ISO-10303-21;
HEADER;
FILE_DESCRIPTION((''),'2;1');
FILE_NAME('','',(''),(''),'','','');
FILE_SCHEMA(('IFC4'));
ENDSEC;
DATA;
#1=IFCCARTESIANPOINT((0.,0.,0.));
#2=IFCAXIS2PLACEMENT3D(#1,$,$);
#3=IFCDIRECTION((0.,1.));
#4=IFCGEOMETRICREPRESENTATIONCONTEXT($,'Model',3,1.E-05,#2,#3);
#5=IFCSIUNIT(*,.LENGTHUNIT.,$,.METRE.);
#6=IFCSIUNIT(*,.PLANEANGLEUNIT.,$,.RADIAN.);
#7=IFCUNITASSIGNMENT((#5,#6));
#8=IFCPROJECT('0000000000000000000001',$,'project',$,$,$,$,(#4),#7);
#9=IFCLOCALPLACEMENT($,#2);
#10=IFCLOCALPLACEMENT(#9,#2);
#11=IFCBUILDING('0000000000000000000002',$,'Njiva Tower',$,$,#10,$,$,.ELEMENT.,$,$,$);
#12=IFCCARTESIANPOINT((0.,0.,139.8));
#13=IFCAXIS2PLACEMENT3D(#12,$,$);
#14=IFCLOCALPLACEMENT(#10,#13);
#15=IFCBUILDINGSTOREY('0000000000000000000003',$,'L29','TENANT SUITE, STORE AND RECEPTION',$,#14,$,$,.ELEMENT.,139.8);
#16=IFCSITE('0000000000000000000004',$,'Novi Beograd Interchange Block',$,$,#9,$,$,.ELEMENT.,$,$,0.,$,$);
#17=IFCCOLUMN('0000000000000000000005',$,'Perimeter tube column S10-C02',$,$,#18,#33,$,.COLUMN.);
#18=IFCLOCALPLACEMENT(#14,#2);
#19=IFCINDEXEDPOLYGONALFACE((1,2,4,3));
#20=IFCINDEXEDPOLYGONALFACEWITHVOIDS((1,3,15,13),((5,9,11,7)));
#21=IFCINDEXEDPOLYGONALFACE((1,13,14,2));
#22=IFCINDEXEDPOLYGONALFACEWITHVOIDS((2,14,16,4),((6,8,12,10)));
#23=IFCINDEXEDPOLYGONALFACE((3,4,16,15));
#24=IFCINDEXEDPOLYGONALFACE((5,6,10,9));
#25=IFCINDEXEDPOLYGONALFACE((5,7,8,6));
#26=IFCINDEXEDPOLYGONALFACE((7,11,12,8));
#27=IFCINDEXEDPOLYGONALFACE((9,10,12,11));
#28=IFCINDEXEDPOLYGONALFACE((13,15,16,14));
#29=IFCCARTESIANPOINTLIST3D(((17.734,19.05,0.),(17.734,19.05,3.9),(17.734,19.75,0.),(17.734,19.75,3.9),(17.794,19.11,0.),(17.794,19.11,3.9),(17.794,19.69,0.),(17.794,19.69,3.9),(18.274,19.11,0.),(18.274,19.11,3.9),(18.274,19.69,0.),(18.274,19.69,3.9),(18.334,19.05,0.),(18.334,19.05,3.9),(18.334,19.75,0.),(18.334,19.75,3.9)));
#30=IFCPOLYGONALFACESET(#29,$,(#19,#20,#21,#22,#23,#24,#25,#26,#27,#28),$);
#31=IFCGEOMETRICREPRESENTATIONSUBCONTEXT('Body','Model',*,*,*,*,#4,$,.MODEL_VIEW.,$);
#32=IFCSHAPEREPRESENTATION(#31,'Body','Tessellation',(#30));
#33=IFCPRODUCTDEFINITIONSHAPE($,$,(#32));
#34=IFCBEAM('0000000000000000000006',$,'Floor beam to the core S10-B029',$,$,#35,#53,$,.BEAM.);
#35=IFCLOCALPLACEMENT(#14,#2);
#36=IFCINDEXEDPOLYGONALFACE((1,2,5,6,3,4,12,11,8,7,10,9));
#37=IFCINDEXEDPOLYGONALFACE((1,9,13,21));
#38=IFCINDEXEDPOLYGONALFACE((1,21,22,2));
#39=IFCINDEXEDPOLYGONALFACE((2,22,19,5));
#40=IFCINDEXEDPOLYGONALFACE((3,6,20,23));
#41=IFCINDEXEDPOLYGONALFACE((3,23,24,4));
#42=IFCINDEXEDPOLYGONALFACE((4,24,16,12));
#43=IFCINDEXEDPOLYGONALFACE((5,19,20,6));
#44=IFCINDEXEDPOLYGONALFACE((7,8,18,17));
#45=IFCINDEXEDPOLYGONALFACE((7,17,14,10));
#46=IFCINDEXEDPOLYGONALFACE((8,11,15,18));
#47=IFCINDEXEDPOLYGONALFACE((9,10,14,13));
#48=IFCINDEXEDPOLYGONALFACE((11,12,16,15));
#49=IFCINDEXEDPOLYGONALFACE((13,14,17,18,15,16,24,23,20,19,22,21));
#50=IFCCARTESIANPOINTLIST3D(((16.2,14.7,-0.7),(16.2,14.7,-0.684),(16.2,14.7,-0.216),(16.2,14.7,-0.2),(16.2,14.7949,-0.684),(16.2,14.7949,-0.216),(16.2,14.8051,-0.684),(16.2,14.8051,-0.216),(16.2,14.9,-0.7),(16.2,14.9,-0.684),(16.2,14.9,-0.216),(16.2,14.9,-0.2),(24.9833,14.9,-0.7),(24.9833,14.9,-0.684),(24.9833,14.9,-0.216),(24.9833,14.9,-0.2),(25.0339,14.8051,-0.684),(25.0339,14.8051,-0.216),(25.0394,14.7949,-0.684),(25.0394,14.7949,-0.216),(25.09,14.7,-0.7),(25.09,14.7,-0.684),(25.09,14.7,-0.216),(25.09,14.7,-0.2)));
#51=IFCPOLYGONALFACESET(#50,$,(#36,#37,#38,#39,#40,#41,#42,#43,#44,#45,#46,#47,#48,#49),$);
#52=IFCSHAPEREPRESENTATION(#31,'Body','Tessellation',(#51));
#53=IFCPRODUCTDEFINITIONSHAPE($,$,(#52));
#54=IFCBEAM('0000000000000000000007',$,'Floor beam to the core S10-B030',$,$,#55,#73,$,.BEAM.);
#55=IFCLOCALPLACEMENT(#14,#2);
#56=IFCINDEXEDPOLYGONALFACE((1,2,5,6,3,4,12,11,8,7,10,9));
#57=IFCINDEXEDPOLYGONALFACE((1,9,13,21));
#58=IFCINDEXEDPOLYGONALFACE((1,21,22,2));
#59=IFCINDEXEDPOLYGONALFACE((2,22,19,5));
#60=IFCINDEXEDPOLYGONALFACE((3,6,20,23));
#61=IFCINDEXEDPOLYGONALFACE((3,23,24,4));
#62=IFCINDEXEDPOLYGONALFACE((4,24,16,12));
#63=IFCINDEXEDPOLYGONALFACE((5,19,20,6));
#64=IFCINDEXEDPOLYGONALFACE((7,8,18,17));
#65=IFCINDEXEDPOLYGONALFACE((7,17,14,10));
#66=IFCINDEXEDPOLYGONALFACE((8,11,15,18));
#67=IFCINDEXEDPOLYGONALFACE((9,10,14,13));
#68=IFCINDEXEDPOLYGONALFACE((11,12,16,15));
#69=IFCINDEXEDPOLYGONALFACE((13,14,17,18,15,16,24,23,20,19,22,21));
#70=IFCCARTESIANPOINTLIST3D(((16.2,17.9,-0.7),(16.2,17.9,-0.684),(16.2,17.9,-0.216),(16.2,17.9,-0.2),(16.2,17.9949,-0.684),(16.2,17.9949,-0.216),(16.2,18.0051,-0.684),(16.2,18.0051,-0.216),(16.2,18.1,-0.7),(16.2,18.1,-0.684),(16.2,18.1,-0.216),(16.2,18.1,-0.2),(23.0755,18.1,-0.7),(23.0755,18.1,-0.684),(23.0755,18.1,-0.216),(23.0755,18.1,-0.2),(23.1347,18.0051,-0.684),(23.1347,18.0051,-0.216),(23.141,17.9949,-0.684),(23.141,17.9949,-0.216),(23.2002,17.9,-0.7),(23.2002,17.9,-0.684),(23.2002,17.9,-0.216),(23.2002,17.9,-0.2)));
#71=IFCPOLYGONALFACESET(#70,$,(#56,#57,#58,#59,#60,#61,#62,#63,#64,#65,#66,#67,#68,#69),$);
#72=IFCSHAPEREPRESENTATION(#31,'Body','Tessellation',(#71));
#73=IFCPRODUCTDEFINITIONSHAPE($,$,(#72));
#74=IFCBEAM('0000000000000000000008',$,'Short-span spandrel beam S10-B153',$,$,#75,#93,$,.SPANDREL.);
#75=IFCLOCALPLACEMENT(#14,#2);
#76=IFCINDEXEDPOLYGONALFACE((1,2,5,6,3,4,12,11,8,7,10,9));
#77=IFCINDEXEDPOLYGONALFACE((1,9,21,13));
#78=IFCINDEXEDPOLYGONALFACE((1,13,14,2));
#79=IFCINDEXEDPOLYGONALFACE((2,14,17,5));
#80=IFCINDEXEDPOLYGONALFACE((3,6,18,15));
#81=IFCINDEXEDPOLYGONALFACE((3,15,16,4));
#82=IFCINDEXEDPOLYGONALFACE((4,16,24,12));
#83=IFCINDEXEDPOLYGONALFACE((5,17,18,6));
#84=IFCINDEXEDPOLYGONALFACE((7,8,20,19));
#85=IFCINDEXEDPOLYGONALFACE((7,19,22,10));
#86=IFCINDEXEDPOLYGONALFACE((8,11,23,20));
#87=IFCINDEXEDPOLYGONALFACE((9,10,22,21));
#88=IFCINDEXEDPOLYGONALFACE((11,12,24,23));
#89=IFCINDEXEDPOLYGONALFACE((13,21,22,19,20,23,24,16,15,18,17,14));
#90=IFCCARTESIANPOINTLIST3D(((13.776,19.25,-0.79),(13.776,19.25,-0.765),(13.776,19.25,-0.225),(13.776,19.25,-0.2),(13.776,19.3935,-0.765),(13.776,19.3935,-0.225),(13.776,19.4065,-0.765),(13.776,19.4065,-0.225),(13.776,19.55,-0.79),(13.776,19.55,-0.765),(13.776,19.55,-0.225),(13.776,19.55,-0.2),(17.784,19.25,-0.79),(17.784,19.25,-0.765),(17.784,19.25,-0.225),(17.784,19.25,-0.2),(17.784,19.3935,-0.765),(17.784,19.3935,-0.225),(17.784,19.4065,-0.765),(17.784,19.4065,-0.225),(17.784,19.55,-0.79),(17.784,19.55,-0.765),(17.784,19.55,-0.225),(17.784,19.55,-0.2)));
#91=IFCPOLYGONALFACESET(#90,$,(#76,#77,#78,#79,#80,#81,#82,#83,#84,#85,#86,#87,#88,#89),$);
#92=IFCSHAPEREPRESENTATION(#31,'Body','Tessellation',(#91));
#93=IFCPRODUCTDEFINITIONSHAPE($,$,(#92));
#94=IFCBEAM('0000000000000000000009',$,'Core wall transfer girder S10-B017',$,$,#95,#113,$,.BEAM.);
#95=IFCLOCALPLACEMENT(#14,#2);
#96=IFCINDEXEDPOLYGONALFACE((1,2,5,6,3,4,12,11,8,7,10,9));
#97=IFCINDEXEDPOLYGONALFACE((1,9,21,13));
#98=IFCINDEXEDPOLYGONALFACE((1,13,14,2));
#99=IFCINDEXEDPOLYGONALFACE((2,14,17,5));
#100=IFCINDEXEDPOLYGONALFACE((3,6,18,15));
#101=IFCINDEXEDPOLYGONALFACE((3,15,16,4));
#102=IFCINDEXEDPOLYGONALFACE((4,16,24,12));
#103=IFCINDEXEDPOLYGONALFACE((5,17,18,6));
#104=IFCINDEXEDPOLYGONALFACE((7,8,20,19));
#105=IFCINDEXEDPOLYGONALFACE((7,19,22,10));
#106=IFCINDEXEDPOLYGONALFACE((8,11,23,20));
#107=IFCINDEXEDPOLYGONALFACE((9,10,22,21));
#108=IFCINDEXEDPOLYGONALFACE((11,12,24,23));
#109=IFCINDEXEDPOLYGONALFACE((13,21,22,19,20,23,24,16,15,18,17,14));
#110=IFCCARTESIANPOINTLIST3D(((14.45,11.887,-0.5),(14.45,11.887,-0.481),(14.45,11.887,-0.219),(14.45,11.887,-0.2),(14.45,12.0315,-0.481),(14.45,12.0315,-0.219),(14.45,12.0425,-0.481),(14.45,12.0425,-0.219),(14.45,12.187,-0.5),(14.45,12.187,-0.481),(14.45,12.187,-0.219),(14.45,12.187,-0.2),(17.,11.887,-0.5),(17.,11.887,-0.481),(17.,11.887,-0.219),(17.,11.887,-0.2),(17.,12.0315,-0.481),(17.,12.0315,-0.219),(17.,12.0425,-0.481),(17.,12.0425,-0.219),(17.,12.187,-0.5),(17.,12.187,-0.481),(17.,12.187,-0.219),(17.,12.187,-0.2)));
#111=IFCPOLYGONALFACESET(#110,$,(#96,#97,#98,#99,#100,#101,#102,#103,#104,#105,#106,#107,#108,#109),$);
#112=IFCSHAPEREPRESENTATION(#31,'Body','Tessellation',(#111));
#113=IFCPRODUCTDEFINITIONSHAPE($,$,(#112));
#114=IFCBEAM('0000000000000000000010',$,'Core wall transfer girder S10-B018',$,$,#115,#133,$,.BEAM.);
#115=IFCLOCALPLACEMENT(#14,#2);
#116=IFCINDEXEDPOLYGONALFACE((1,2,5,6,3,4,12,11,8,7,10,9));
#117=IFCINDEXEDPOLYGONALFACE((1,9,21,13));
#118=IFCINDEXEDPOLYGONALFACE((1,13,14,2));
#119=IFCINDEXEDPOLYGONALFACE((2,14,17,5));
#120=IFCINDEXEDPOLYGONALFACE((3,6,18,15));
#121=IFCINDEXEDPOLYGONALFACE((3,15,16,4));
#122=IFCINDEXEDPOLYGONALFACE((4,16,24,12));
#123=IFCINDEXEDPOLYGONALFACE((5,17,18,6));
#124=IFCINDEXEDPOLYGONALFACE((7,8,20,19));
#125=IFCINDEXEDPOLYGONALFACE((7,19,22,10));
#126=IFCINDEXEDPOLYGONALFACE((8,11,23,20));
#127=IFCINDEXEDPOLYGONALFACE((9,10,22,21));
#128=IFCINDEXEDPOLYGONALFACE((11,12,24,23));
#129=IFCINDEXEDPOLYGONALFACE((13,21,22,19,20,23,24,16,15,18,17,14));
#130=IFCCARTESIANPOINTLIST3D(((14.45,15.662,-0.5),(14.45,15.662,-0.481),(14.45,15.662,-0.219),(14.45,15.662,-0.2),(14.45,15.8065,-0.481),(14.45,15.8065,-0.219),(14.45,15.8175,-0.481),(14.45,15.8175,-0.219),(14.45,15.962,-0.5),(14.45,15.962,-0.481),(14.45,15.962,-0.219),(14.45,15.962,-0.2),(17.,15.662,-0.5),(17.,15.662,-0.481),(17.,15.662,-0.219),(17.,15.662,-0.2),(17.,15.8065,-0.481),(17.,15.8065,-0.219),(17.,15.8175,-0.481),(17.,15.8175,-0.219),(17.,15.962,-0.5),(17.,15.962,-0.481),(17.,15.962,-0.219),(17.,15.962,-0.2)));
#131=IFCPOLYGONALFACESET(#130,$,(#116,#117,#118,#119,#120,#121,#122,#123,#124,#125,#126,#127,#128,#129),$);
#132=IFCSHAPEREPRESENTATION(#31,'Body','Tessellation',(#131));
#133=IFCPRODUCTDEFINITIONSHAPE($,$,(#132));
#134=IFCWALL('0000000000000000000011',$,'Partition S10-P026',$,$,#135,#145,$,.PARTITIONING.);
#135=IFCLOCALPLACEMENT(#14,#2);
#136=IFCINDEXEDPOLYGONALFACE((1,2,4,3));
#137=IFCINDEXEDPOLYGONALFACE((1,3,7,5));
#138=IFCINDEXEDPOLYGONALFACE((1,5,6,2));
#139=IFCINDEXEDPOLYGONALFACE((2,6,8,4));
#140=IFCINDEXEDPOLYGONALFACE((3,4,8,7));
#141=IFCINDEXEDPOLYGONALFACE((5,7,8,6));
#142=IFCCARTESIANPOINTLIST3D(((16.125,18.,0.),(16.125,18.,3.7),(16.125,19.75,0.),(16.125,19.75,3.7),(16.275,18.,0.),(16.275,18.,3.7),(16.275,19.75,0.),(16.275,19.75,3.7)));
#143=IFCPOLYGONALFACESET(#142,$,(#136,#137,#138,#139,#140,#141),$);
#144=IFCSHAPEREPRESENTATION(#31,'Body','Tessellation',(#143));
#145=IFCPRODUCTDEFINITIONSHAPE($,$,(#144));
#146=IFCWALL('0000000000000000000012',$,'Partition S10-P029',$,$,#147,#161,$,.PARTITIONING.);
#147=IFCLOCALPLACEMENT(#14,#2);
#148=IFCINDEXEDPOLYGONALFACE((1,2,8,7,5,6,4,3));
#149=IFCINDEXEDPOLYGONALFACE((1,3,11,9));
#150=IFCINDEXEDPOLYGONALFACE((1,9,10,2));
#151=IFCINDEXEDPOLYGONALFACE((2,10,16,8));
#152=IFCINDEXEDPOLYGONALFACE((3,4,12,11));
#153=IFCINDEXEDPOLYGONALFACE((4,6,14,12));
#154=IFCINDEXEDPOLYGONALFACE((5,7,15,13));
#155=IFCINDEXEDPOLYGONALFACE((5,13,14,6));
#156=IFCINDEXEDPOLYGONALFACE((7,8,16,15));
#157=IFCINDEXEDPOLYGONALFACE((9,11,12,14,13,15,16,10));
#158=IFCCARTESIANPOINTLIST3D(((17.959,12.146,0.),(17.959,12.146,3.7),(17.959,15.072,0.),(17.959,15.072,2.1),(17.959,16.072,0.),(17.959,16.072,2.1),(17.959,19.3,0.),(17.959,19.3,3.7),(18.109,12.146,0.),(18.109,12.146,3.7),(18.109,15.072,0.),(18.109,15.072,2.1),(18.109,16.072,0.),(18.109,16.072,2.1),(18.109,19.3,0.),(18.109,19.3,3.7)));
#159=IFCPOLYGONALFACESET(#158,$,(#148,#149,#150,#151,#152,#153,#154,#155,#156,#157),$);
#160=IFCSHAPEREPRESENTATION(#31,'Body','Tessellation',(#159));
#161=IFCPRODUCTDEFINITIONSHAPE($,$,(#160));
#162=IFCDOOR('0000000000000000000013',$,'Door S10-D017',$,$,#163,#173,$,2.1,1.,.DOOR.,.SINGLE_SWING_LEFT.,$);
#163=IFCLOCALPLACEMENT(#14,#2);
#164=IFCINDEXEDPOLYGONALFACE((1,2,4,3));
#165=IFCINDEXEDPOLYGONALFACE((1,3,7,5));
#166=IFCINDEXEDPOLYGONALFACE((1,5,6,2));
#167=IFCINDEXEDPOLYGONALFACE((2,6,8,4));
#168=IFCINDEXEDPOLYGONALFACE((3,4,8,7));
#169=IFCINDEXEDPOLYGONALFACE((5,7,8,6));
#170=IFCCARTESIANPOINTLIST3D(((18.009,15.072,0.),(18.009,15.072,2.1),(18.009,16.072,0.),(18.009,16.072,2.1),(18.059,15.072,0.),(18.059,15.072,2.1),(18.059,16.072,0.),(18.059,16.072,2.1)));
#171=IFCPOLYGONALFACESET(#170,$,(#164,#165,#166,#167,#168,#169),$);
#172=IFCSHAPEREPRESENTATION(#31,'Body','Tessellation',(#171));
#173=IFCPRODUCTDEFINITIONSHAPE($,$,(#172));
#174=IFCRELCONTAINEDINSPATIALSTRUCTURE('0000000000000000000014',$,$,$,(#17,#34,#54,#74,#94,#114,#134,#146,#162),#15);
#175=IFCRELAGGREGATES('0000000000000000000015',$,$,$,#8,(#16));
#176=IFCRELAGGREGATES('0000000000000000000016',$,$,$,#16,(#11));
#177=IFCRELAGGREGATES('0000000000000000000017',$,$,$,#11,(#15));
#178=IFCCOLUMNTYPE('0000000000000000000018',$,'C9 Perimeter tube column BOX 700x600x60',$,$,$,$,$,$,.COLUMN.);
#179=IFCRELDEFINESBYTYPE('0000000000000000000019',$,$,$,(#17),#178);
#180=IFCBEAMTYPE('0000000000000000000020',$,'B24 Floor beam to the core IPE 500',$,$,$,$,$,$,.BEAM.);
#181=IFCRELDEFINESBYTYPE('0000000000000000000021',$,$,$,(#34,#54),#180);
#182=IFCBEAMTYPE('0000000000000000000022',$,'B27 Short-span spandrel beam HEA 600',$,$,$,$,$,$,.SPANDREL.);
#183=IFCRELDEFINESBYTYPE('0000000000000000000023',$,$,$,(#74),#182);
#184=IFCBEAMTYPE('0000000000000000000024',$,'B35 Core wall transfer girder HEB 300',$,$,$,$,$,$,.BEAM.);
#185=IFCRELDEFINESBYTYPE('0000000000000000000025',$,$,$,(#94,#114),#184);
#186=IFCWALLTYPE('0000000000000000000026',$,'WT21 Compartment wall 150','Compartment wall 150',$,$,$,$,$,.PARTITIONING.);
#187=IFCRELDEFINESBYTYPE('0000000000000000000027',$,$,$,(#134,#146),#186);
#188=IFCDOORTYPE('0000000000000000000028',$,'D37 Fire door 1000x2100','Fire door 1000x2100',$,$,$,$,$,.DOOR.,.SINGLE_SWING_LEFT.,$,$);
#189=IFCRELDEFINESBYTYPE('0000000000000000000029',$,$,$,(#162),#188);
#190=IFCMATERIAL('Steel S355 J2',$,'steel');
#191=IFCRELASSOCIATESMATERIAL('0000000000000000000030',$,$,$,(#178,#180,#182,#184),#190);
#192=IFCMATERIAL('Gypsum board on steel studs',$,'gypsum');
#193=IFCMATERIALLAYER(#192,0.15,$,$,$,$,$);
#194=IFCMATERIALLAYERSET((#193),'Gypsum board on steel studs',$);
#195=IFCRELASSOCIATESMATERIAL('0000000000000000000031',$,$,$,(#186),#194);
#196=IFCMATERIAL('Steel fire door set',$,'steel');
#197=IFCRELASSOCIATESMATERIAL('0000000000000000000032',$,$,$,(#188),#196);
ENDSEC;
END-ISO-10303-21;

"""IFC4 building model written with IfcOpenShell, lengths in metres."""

from ifc_helpers import new_model, si_unit, direction, frame, frame_2d, origin, origin_2d, place, context, subcontext, project, spatial, rectangle, hollow_rectangle, i_section, extrude, clip, halfspace, material, layer, layer_set, material_profile, profile_set, type_object, element, fill, save


model = new_model("IFC4")

# Units and contexts
model_context = context("Model", 3, precision=1e-05, world=origin(), true_north=direction((0.0, 1.0)))
body_context = subcontext(model_context, "Body", "Model", "MODEL_VIEW")
ifc_project = project(units=[si_unit("LENGTHUNIT", "METRE"), si_unit("PLANEANGLEUNIT", "RADIAN")], contexts=[model_context])

# Site, building, storey
site_placement = place(None, origin())
site = spatial("IfcSite", under=ifc_project, at=site_placement, Name="Novi Beograd Interchange Block", CompositionType="ELEMENT", RefElevation=0.0)
building_placement = place(site_placement, origin())
building = spatial("IfcBuilding", under=site, at=building_placement, Name="Njiva Tower", CompositionType="ELEMENT")
storey_placement = place(building_placement, frame((0.0, 0.0, 139.8)))
storey = spatial("IfcBuildingStorey", under=building, at=storey_placement, Name="L29", Description="TENANT SUITE, STORE AND RECEPTION", CompositionType="ELEMENT", Elevation=139.8)

# Column
ifc_material_1 = material(Name="Steel S355 J2", Category="steel")
ifc_material_profile_1 = material_profile(ifc_material_1, hollow_rectangle(XDim=0.6, YDim=0.7, WallThickness=0.06, at=origin_2d()), Name="BOX 700x600x60")
ifc_profile_set_1 = profile_set([ifc_material_profile_1], Name="Steel S355 J2")
column_type = type_object("IfcColumnType", Name="C9 Perimeter tube column BOX 700x600x60", PredefinedType="COLUMN", material=ifc_profile_set_1)
column_placement = place(storey_placement, frame((18.034, 19.4, 0.0), z_axis=(0.0, 0.0, 1.0), x_axis=(-1.0, 0.0, 0.0)))
element("IfcColumn", 1, at=column_placement, inside=storey, type_object=column_type, Name="Perimeter tube column S10-C02", PredefinedType="COLUMN", context=body_context, shape_type="SweptSolid", body=[
    extrude(hollow_rectangle(XDim=0.6, YDim=0.7, WallThickness=0.06, at=origin_2d()), origin(), (0.0, 0.0, 1.0), 3.9),
])

# Beams
ifc_material_profile_2 = material_profile(ifc_material_1, i_section(OverallWidth=0.2, OverallDepth=0.5, WebThickness=0.0102, FlangeThickness=0.016, at=origin_2d()), Name="IPE 500")
ifc_profile_set_2 = profile_set([ifc_material_profile_2], Name="Steel S355 J2")
beam_type_1 = type_object("IfcBeamType", Name="B24 Floor beam to the core IPE 500", PredefinedType="BEAM", material=ifc_profile_set_2)
beam_1_placement = place(storey_placement, frame((16.2, 14.8, -0.45), z_axis=(1.0, 0.0, 0.0), x_axis=(0.0, 1.0, 0.0)))
element("IfcBeam", 2, at=beam_1_placement, inside=storey, type_object=beam_type_1, Name="Floor beam to the core S10-B029", PredefinedType="BEAM", context=body_context, shape_type="Clipping", body=[
    clip(extrude(i_section(OverallWidth=0.2, OverallDepth=0.5, WebThickness=0.0102, FlangeThickness=0.016, at=origin_2d()), origin(), (0.0, 0.0, 1.0), 8.91), halfspace(frame((0.0235, 0.0, 8.8241), z_axis=(0.470559, 0.0, 0.882368), x_axis=(0.0, 1.0, 0.0)), False)),
])
beam_2_placement = place(storey_placement, frame((16.2, 18.0, -0.45), z_axis=(1.0, 0.0, 0.0), x_axis=(0.0, 1.0, 0.0)))
element("IfcBeam", 3, at=beam_2_placement, inside=storey, type_object=beam_type_1, Name="Floor beam to the core S10-B030", PredefinedType="BEAM", context=body_context, shape_type="Clipping", body=[
    clip(extrude(i_section(OverallWidth=0.2, OverallDepth=0.5, WebThickness=0.0102, FlangeThickness=0.016, at=origin_2d()), origin(), (0.0, 0.0, 1.0), 7.02), halfspace(frame((0.0264, 0.0, 6.9214), z_axis=(0.528871, 0.0, 0.848702), x_axis=(0.0, 1.0, 0.0)), False)),
])
ifc_material_profile_3 = material_profile(ifc_material_1, i_section(OverallWidth=0.3, OverallDepth=0.59, WebThickness=0.013, FlangeThickness=0.025, at=origin_2d()), Name="HEA 600")
ifc_profile_set_3 = profile_set([ifc_material_profile_3], Name="Steel S355 J2")
beam_type_2 = type_object("IfcBeamType", Name="B27 Short-span spandrel beam HEA 600", PredefinedType="SPANDREL", material=ifc_profile_set_3)
beam_3_placement = place(storey_placement, frame((17.784, 19.4, -0.495), z_axis=(-1.0, 0.0, 0.0), x_axis=(0.0, -1.0, 0.0)))
element("IfcBeam", 4, at=beam_3_placement, inside=storey, type_object=beam_type_2, Name="Short-span spandrel beam S10-B153", PredefinedType="SPANDREL", context=body_context, shape_type="SweptSolid", body=[
    extrude(i_section(OverallWidth=0.3, OverallDepth=0.59, WebThickness=0.013, FlangeThickness=0.025, at=origin_2d()), origin(), (0.0, 0.0, 1.0), 4.008),
])
ifc_material_profile_4 = material_profile(ifc_material_1, i_section(OverallWidth=0.3, OverallDepth=0.3, WebThickness=0.011, FlangeThickness=0.019, at=origin_2d()), Name="HEB 300")
ifc_profile_set_4 = profile_set([ifc_material_profile_4], Name="Steel S355 J2")
beam_type_3 = type_object("IfcBeamType", Name="B35 Core wall transfer girder HEB 300", PredefinedType="BEAM", material=ifc_profile_set_4)
for number, where, z_axis, x_axis, name in (
    (5, (14.45, 12.037, -0.35), (1.0, 0.0, 0.0), (0.0, 1.0, 0.0), "Core wall transfer girder S10-B017"),
    (6, (14.45, 15.812, -0.35), (1.0, 0.0, 0.0), (0.0, 1.0, 0.0), "Core wall transfer girder S10-B018"),
):
    element("IfcBeam", number, at=place(storey_placement, frame(where, z_axis=z_axis, x_axis=x_axis)), inside=storey, type_object=beam_type_3, Name=name, PredefinedType="BEAM", context=body_context, shape_type="SweptSolid", body=[
        extrude(i_section(OverallWidth=0.3, OverallDepth=0.3, WebThickness=0.011, FlangeThickness=0.019, at=origin_2d()), origin(), (0.0, 0.0, 1.0), 2.55),
    ])

# Wall
ifc_material_2 = material(Name="Gypsum board on steel studs", Category="gypsum")
ifc_layer_1 = layer(ifc_material_2, 0.15)
ifc_layer_set_1 = layer_set([ifc_layer_1], Name="Gypsum board on steel studs")
wall_type_1 = type_object("IfcWallType", Name="WT21 Compartment wall 150", Description="Compartment wall 150", PredefinedType="PARTITIONING", material=ifc_layer_set_1)
wall_1_placement = place(storey_placement, frame((16.2, 18.0, 0.0), z_axis=(0.0, 0.0, 1.0), x_axis=(0.0, 1.0, 0.0)))
element("IfcWall", 7, at=wall_1_placement, inside=storey, type_object=wall_type_1, Name="Partition S10-P026", PredefinedType="PARTITIONING", context=body_context, shape_type="SweptSolid", body=[
    extrude(rectangle(XDim=1.75, YDim=0.15, at=frame_2d((0.875, 0.0))), origin(), (0.0, 0.0, 1.0), 3.7),
])

# Wall, opening, door
wall_2_placement = place(storey_placement, frame((18.034, 12.146, 0.0), z_axis=(0.0, 0.0, 1.0), x_axis=(0.0, 1.0, 0.0)))
wall_2 = element("IfcWall", 8, at=wall_2_placement, inside=storey, type_object=wall_type_1, Name="Partition S10-P029", PredefinedType="PARTITIONING", context=body_context, shape_type="SweptSolid", body=[
    extrude(rectangle(XDim=7.154, YDim=0.15, at=frame_2d((3.577, 0.0))), origin(), (0.0, 0.0, 1.0), 3.7),
])
opening_placement = place(wall_2_placement, frame((2.926, 0.0, 0.0)))
opening = element("IfcOpeningElement", 9, at=opening_placement, cuts=wall_2, PredefinedType="OPENING", context=body_context, shape_type="SweptSolid", body=[
    extrude(rectangle(XDim=1.0, YDim=2.1, at=frame_2d((0.5, 1.05))), frame((0.0, 0.085, 0.0), z_axis=(0.0, -1.0, 0.0), x_axis=(1.0, 0.0, 0.0)), (0.0, 0.0, 1.0), 0.17),
])
ifc_material_3 = material(Name="Steel fire door set", Category="steel")
door_type = type_object("IfcDoorType", Name="D37 Fire door 1000x2100", Description="Fire door 1000x2100", OperationType="SINGLE_SWING_LEFT", PredefinedType="DOOR", material=ifc_material_3)
door_placement = place(opening_placement, origin())
door = element("IfcDoor", 10, at=door_placement, inside=storey, type_object=door_type, Name="Door S10-D017", OperationType="SINGLE_SWING_LEFT", OverallHeight=2.1, OverallWidth=1.0, PredefinedType="DOOR", context=body_context, shape_type="SweptSolid", body=[
    extrude(rectangle(XDim=1.0, YDim=2.1, at=frame_2d((0.5, 1.05))), frame((0.0, 0.025, 0.0), z_axis=(0.0, -1.0, 0.0), x_axis=(1.0, 0.0, 0.0)), (0.0, 0.0, 1.0), 0.05),
])
fill(opening, door)

save(model, "model.ifc")
